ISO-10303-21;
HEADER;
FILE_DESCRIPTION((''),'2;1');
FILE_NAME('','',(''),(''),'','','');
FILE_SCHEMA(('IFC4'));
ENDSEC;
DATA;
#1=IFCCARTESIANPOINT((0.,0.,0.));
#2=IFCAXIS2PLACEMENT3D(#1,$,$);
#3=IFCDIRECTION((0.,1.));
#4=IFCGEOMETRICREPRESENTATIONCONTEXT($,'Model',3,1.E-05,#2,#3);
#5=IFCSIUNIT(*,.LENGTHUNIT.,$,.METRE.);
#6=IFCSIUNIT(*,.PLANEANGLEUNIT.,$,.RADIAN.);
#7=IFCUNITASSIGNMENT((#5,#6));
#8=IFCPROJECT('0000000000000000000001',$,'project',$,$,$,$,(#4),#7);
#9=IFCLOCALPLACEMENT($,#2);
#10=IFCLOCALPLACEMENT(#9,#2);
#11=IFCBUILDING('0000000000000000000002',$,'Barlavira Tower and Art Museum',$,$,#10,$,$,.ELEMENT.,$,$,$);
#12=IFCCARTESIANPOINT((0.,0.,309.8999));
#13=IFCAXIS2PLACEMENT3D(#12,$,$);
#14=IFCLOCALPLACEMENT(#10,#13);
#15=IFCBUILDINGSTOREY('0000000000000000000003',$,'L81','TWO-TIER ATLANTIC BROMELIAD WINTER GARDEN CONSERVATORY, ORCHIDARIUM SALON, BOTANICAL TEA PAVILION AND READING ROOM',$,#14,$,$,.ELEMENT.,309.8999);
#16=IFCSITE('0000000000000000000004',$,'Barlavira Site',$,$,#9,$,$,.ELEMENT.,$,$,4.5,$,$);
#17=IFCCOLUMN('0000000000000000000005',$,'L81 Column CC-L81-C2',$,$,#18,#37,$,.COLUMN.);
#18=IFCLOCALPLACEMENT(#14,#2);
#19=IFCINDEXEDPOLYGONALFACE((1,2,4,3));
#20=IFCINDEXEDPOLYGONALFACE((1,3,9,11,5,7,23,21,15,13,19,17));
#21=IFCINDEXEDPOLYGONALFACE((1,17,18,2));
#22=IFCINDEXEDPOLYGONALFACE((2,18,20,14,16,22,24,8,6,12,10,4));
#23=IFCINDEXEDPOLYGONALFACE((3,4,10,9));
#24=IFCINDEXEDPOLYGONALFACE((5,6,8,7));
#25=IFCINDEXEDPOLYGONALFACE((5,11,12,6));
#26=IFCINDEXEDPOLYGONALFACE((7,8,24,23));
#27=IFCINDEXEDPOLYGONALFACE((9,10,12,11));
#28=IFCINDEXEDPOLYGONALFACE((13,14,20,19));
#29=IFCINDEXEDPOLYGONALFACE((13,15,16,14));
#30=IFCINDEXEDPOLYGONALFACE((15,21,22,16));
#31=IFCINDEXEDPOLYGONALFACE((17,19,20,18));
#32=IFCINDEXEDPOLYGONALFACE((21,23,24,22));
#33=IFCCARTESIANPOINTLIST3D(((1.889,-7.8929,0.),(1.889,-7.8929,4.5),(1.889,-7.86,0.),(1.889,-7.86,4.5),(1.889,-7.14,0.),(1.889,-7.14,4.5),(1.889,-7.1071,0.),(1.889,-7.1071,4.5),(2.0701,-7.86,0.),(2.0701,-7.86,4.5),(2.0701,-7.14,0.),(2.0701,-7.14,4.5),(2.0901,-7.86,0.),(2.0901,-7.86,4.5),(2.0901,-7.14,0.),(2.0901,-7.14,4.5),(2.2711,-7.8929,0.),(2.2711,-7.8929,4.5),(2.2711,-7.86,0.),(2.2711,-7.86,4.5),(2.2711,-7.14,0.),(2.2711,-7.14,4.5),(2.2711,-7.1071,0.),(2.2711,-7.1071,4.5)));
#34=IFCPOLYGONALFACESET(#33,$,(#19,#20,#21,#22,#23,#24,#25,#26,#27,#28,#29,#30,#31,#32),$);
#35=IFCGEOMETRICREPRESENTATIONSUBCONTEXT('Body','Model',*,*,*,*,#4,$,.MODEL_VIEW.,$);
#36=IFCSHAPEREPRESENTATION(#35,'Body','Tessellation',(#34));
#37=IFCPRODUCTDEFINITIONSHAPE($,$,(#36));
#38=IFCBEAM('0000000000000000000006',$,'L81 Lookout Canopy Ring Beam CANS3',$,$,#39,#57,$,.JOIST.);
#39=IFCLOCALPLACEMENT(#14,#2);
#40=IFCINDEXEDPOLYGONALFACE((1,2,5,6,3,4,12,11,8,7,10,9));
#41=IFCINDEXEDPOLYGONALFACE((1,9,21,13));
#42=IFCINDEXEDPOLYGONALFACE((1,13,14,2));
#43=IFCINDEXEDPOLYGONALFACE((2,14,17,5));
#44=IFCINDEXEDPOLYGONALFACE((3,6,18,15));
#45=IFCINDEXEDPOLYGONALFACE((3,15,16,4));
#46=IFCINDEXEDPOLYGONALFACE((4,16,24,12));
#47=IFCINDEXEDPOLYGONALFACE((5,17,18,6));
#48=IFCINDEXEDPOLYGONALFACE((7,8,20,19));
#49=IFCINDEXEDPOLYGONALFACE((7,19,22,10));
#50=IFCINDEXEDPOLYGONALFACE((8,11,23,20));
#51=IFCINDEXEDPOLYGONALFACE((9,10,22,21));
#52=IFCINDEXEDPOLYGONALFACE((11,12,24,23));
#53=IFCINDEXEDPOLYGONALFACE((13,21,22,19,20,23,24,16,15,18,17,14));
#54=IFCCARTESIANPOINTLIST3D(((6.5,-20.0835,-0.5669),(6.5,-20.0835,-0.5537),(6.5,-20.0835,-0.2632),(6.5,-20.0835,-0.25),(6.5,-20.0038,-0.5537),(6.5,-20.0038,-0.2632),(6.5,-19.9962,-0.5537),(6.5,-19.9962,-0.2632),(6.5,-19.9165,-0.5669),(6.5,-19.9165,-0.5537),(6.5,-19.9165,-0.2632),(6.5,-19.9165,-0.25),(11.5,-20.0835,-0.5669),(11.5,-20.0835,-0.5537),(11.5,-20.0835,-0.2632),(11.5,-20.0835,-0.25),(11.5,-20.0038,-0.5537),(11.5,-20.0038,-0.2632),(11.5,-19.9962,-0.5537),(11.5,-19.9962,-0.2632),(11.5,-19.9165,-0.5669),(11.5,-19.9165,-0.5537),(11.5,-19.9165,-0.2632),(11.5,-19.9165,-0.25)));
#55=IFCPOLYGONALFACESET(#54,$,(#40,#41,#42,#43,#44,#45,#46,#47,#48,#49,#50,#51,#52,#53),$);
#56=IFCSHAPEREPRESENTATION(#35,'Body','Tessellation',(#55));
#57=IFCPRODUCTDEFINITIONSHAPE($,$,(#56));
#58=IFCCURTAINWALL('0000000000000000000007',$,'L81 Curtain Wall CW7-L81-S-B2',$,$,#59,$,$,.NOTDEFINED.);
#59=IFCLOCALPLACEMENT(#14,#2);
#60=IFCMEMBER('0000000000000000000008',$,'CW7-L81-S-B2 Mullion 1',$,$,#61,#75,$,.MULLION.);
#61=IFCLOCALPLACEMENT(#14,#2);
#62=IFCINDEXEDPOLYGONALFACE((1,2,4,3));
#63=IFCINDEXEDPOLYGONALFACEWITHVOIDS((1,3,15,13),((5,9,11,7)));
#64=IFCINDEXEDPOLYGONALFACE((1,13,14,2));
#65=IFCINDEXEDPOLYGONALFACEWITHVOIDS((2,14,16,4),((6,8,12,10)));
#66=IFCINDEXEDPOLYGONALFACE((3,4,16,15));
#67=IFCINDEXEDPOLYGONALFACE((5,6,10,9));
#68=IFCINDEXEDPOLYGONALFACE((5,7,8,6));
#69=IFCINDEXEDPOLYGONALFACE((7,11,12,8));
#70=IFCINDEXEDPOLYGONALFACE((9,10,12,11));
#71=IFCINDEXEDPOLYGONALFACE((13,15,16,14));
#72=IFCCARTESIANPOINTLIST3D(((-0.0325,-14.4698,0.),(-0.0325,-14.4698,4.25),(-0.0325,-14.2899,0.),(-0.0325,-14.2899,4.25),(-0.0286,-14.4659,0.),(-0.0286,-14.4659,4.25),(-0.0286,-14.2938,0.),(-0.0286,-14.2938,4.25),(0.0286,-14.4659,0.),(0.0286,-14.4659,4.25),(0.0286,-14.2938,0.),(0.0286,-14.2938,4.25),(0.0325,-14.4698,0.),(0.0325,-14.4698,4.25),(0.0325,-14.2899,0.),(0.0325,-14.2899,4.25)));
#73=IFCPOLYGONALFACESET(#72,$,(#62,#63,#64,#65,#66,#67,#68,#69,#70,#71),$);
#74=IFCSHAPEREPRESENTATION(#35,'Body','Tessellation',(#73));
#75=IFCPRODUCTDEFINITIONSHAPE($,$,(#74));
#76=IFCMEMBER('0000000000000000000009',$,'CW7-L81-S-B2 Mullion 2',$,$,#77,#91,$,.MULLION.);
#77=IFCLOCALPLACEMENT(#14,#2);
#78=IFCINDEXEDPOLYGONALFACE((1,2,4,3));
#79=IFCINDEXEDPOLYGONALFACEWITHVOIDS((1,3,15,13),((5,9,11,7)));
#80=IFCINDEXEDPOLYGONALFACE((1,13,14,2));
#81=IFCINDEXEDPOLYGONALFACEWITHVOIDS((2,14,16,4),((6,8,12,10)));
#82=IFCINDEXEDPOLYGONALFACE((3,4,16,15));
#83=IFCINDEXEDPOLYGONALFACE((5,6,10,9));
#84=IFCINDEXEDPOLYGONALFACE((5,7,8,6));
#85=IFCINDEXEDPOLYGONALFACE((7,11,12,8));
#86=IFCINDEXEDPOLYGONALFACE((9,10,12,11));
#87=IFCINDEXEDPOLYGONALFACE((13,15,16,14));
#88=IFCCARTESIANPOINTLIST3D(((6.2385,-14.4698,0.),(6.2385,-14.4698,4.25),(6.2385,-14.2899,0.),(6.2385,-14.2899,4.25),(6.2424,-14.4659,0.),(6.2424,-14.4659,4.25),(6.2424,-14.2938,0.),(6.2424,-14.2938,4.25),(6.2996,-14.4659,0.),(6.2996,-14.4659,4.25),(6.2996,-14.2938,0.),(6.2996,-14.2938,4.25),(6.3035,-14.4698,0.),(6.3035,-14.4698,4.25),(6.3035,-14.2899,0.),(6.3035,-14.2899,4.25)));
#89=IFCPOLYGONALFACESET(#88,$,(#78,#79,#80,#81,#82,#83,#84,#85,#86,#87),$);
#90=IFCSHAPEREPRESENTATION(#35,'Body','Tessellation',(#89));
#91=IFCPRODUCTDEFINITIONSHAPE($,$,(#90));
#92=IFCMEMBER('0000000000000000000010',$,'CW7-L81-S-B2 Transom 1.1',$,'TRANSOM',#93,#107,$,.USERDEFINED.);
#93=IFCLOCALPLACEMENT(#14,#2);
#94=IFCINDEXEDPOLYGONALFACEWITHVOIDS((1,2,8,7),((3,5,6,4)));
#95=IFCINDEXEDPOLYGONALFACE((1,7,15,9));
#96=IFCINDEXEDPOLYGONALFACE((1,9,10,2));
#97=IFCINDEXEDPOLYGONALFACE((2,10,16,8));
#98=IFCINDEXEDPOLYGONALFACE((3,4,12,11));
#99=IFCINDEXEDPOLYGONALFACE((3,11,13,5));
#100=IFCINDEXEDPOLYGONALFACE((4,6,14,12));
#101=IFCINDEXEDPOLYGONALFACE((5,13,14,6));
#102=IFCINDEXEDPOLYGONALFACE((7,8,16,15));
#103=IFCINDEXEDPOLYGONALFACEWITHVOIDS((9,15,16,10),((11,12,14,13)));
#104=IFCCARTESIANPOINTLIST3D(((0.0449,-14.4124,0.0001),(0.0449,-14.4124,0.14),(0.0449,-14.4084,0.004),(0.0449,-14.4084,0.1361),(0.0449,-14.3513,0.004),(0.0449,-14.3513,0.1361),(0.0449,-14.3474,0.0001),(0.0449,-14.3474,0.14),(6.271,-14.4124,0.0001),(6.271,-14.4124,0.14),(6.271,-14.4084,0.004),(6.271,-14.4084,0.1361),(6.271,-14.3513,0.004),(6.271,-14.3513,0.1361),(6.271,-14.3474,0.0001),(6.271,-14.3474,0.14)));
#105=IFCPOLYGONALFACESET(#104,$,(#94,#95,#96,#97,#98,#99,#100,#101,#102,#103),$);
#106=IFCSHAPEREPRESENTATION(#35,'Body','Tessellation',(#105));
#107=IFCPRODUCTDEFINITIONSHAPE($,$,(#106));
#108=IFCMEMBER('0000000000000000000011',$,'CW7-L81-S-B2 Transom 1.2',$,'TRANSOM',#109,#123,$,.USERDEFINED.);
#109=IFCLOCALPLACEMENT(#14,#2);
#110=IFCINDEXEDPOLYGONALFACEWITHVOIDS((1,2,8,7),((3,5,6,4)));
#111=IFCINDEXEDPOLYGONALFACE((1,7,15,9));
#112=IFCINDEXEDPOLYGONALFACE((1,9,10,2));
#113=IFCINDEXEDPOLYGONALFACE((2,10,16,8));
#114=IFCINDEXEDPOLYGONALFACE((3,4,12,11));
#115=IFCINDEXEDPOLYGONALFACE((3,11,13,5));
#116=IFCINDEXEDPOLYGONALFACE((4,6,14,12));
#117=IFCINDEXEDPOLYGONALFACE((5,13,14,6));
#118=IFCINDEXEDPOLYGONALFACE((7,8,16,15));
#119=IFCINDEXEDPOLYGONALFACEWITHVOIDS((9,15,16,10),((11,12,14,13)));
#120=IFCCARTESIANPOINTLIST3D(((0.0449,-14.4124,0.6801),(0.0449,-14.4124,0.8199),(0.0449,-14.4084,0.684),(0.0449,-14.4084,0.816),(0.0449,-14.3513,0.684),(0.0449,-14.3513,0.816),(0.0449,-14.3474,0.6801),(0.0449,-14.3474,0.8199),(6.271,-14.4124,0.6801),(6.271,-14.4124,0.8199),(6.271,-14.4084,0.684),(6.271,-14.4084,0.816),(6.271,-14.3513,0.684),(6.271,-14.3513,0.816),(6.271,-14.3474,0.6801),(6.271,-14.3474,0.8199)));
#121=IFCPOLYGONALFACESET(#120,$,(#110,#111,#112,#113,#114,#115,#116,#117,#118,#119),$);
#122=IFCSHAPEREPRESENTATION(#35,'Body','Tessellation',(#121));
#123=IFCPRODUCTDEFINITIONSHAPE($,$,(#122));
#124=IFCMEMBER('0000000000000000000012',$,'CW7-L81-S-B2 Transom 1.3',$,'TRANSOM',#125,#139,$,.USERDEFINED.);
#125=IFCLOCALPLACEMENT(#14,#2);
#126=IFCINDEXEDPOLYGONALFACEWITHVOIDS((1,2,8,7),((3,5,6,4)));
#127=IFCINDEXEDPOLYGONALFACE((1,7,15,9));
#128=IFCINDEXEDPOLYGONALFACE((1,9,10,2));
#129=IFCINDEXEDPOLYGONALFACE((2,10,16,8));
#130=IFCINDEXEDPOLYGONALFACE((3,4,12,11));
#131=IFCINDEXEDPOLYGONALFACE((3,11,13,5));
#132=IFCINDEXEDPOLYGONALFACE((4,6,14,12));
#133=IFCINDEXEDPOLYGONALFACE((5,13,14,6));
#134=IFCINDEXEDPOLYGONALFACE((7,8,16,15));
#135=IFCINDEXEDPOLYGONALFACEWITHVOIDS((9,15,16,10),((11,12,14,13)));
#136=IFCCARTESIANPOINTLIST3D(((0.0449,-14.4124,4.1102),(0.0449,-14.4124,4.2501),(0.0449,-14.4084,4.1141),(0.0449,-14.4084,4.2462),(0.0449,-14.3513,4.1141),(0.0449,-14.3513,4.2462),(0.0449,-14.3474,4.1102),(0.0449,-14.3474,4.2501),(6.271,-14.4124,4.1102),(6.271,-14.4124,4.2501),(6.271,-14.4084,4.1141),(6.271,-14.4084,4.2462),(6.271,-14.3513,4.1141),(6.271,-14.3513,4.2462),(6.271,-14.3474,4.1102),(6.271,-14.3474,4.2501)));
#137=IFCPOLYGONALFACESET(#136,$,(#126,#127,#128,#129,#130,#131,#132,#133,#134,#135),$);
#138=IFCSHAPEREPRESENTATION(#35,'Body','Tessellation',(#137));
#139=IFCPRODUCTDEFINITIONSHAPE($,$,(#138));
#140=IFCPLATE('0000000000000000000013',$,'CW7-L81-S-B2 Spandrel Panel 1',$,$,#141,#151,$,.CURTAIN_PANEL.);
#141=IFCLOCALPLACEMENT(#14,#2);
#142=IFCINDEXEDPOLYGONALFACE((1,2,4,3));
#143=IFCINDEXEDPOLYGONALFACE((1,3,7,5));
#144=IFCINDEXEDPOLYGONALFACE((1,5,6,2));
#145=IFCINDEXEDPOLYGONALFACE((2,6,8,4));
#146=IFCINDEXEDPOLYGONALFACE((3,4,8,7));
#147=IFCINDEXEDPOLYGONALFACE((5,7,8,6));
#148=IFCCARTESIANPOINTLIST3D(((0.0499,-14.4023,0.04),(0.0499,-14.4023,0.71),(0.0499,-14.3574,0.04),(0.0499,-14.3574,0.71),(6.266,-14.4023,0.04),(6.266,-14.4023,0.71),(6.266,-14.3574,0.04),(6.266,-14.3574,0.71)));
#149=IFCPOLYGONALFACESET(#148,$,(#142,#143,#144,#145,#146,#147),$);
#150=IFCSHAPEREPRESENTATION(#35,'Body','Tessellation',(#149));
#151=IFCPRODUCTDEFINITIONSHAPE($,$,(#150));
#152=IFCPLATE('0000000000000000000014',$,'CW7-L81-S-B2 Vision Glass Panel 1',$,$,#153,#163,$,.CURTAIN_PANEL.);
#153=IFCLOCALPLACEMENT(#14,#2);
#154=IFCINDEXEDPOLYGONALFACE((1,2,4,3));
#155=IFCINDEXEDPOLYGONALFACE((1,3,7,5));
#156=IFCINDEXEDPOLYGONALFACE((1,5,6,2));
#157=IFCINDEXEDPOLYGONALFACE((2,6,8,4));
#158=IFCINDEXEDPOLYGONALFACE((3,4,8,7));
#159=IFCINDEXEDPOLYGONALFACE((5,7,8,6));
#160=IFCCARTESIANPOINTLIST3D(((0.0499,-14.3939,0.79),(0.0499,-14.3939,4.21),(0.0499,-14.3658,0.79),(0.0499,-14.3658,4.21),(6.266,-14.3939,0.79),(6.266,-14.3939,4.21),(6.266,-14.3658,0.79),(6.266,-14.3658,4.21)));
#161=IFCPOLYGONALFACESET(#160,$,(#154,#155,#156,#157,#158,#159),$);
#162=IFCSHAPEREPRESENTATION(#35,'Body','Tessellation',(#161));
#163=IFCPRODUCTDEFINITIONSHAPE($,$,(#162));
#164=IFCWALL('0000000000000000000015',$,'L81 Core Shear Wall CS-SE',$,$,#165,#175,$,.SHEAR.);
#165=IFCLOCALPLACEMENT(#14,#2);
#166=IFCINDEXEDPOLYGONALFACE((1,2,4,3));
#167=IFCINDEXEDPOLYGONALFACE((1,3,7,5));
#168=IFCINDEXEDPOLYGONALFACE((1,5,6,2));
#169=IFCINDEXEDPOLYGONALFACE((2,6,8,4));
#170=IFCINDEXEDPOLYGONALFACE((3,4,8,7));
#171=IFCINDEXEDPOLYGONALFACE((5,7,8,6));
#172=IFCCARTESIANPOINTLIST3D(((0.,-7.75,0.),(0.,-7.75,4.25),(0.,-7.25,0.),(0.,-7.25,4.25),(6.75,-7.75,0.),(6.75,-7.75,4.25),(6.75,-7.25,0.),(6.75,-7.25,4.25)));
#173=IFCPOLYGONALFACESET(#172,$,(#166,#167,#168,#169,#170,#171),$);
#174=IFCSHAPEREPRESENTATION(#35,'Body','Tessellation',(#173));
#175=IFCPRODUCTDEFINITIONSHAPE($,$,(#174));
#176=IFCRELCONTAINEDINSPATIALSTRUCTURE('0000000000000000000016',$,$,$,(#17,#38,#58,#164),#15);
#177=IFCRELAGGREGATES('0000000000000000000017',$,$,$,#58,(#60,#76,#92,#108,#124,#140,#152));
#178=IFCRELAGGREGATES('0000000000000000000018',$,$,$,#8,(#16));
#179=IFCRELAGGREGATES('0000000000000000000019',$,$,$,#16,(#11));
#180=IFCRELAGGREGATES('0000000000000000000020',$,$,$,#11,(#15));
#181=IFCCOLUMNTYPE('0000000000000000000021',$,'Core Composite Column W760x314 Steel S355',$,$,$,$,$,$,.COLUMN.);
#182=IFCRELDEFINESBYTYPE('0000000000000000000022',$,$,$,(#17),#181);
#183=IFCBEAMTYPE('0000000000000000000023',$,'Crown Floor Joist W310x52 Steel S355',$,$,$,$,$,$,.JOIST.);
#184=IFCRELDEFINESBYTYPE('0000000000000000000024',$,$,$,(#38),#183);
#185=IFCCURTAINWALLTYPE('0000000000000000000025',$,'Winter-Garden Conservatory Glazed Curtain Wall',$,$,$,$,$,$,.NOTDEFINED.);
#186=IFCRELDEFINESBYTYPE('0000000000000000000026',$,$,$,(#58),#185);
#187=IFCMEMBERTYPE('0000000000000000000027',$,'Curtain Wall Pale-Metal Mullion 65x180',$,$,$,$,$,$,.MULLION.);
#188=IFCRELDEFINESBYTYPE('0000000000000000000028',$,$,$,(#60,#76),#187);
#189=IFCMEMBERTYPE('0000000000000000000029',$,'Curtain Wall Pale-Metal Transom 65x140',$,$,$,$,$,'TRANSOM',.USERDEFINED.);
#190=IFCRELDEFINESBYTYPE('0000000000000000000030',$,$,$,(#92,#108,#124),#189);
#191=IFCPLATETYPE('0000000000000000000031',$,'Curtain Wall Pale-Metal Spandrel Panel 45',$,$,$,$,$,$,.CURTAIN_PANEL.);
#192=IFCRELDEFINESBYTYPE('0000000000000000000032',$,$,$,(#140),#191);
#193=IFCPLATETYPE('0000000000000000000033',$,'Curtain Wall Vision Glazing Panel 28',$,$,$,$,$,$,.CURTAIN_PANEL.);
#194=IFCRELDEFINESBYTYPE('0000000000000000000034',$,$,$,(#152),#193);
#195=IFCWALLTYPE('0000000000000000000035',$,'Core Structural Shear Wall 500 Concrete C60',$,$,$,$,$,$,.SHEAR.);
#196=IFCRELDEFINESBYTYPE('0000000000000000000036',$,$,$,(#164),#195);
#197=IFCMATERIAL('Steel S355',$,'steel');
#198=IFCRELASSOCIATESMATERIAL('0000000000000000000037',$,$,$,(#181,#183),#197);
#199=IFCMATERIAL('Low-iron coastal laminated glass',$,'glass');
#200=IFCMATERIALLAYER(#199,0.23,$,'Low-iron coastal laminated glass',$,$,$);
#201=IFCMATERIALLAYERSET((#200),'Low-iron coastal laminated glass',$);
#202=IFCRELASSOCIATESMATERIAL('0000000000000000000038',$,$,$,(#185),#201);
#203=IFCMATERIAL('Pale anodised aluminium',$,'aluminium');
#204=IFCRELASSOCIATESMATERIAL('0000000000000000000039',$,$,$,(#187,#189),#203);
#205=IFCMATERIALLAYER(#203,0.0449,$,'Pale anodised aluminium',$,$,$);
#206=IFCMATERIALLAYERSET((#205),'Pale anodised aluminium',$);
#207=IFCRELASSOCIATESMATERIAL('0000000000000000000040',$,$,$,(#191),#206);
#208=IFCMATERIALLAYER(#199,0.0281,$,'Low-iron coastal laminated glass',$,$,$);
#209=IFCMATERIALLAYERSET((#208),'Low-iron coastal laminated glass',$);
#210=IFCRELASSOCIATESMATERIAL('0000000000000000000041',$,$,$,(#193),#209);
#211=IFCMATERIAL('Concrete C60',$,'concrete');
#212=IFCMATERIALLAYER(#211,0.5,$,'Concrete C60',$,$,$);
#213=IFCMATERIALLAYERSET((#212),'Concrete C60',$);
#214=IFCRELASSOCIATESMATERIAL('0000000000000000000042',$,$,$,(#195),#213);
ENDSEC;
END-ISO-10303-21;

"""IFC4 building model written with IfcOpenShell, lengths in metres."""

from ifc_helpers import new_model, si_unit, direction, frame, frame_2d, origin, origin_2d, place, context, subcontext, project, spatial, rectangle, hollow_rectangle, i_section, extrude, material, layer, layer_set, material_profile, profile_set, type_object, element, aggregate, save


model = new_model("IFC4")

# Units and contexts
model_context = context("Model", 3, precision=1e-05, world=origin(), true_north=direction((0.0, 1.0)))
body_context = subcontext(model_context, "Body", "Model", "MODEL_VIEW")
ifc_project = project(units=[si_unit("LENGTHUNIT", "METRE"), si_unit("PLANEANGLEUNIT", "RADIAN")], contexts=[model_context])

# Site, building, storey
site_placement = place(None, origin())
site = spatial("IfcSite", under=ifc_project, at=site_placement, Name="Barlavira Site", CompositionType="ELEMENT", RefElevation=4.5)
building_placement = place(site_placement, origin())
building = spatial("IfcBuilding", under=site, at=building_placement, Name="Barlavira Tower and Art Museum", CompositionType="ELEMENT")
storey_placement = place(building_placement, frame((0.0, 0.0, 309.8999)))
storey = spatial("IfcBuildingStorey", under=building, at=storey_placement, Name="L81", Description="TWO-TIER ATLANTIC BROMELIAD WINTER GARDEN CONSERVATORY, ORCHIDARIUM SALON, BOTANICAL TEA PAVILION AND READING ROOM", CompositionType="ELEMENT", Elevation=309.8999)

# Column
ifc_material_1 = material(Name="Steel S355", Category="steel")
ifc_material_profile_1 = material_profile(ifc_material_1, i_section(OverallWidth=0.3821, OverallDepth=0.7859, WebThickness=0.02, FlangeThickness=0.033, at=origin_2d()), Name="W760x314.0")
ifc_profile_set_1 = profile_set([ifc_material_profile_1], Name="Steel S355")
column_type = type_object("IfcColumnType", Name="Core Composite Column W760x314 Steel S355", PredefinedType="COLUMN", material=ifc_profile_set_1)
column_placement = place(storey_placement, frame((2.0801, -7.5, 0.0), z_axis=(0.0, 0.0, 1.0), x_axis=(1.0, 0.0, 0.0)))
element("IfcColumn", 1, at=column_placement, inside=storey, type_object=column_type, Name="L81 Column CC-L81-C2", PredefinedType="COLUMN", context=body_context, shape_type="SweptSolid", body=[
    extrude(i_section(OverallWidth=0.3821, OverallDepth=0.7859, WebThickness=0.02, FlangeThickness=0.033, at=origin_2d()), origin(), (0.0, 0.0, 1.0), 4.5),
])

# Beam
ifc_material_profile_2 = material_profile(ifc_material_1, i_section(OverallWidth=0.167, OverallDepth=0.3169, WebThickness=0.0076, FlangeThickness=0.0132, at=origin_2d()), Name="W310x52.0")
ifc_profile_set_2 = profile_set([ifc_material_profile_2], Name="Steel S355")
beam_type = type_object("IfcBeamType", Name="Crown Floor Joist W310x52 Steel S355", PredefinedType="JOIST", material=ifc_profile_set_2)
beam_placement = place(storey_placement, frame((6.5, -20.0, -0.4084), z_axis=(1.0, 0.0, 0.0), x_axis=(0.0, 1.0, 0.0)))
element("IfcBeam", 2, at=beam_placement, inside=storey, type_object=beam_type, Name="L81 Lookout Canopy Ring Beam CANS3", PredefinedType="JOIST", context=body_context, shape_type="SweptSolid", body=[
    extrude(i_section(OverallWidth=0.167, OverallDepth=0.3169, WebThickness=0.0076, FlangeThickness=0.0132, at=origin_2d()), origin(), (0.0, 0.0, 1.0), 5.0),
])

# Curtain wall, members, plates
ifc_material_2 = material(Name="Low-iron coastal laminated glass", Category="glass")
ifc_layer_1 = layer(ifc_material_2, 0.23, Name="Low-iron coastal laminated glass")
ifc_layer_set_1 = layer_set([ifc_layer_1], Name="Low-iron coastal laminated glass")
curtain_wall_type = type_object("IfcCurtainWallType", Name="Winter-Garden Conservatory Glazed Curtain Wall", PredefinedType="NOTDEFINED", material=ifc_layer_set_1)
curtain_wall_placement = place(storey_placement, origin())
curtain_wall = element("IfcCurtainWall", 3, at=curtain_wall_placement, inside=storey, type_object=curtain_wall_type, Name="L81 Curtain Wall CW7-L81-S-B2", PredefinedType="NOTDEFINED")
ifc_material_3 = material(Name="Pale anodised aluminium", Category="aluminium")
ifc_material_profile_3 = material_profile(ifc_material_3, hollow_rectangle(XDim=0.0649, YDim=0.1799, WallThickness=0.0039, at=origin_2d()), Name="ALU-MULL 65x180x4")
ifc_profile_set_3 = profile_set([ifc_material_profile_3], Name="Pale anodised aluminium")
member_type_1 = type_object("IfcMemberType", Name="Curtain Wall Pale-Metal Mullion 65x180", PredefinedType="MULLION", material=ifc_profile_set_3)
member_1_placement = place(storey_placement, frame((0.0, -14.3799, 0.0), z_axis=(0.0, 0.0, 1.0), x_axis=(1.0, 0.0, 0.0)))
member_1 = element("IfcMember", 4, at=member_1_placement, type_object=member_type_1, Name="CW7-L81-S-B2 Mullion 1", PredefinedType="MULLION", context=body_context, shape_type="SweptSolid", body=[
    extrude(hollow_rectangle(XDim=0.0649, YDim=0.1799, WallThickness=0.0039, at=origin_2d()), origin(), (0.0, 0.0, 1.0), 4.25),
])
member_2_placement = place(storey_placement, frame((6.271, -14.3799, 0.0), z_axis=(0.0, 0.0, 1.0), x_axis=(1.0, 0.0, 0.0)))
member_2 = element("IfcMember", 5, at=member_2_placement, type_object=member_type_1, Name="CW7-L81-S-B2 Mullion 2", PredefinedType="MULLION", context=body_context, shape_type="SweptSolid", body=[
    extrude(hollow_rectangle(XDim=0.0649, YDim=0.1799, WallThickness=0.0039, at=origin_2d()), origin(), (0.0, 0.0, 1.0), 4.25),
])
ifc_material_profile_4 = material_profile(ifc_material_3, hollow_rectangle(XDim=0.0649, YDim=0.1399, WallThickness=0.0039, at=origin_2d()), Name="ALU-TRAN 65x140x4")
ifc_profile_set_4 = profile_set([ifc_material_profile_4], Name="Pale anodised aluminium")
member_type_2 = type_object("IfcMemberType", Name="Curtain Wall Pale-Metal Transom 65x140", ElementType="TRANSOM", PredefinedType="USERDEFINED", material=ifc_profile_set_4)
member_3_placement = place(storey_placement, frame((0.0449, -14.3799, 0.0701), z_axis=(1.0, 0.0, 0.0), x_axis=(0.0, 1.0, 0.0)))
member_3 = element("IfcMember", 6, at=member_3_placement, type_object=member_type_2, Name="CW7-L81-S-B2 Transom 1.1", ObjectType="TRANSOM", PredefinedType="USERDEFINED", context=body_context, shape_type="SweptSolid", body=[
    extrude(hollow_rectangle(XDim=0.0649, YDim=0.1399, WallThickness=0.0039, at=origin_2d()), origin(), (0.0, 0.0, 1.0), 6.2261),
])
member_4_placement = place(storey_placement, frame((0.0449, -14.3799, 0.75), z_axis=(1.0, 0.0, 0.0), x_axis=(0.0, 1.0, 0.0)))
member_4 = element("IfcMember", 7, at=member_4_placement, type_object=member_type_2, Name="CW7-L81-S-B2 Transom 1.2", ObjectType="TRANSOM", PredefinedType="USERDEFINED", context=body_context, shape_type="SweptSolid", body=[
    extrude(hollow_rectangle(XDim=0.0649, YDim=0.1399, WallThickness=0.0039, at=origin_2d()), origin(), (0.0, 0.0, 1.0), 6.2261),
])
member_5_placement = place(storey_placement, frame((0.0449, -14.3799, 4.1802), z_axis=(1.0, 0.0, 0.0), x_axis=(0.0, 1.0, 0.0)))
member_5 = element("IfcMember", 8, at=member_5_placement, type_object=member_type_2, Name="CW7-L81-S-B2 Transom 1.3", ObjectType="TRANSOM", PredefinedType="USERDEFINED", context=body_context, shape_type="SweptSolid", body=[
    extrude(hollow_rectangle(XDim=0.0649, YDim=0.1399, WallThickness=0.0039, at=origin_2d()), origin(), (0.0, 0.0, 1.0), 6.2261),
])
ifc_layer_2 = layer(ifc_material_3, 0.0449, Name="Pale anodised aluminium")
ifc_layer_set_2 = layer_set([ifc_layer_2], Name="Pale anodised aluminium")
plate_type_1 = type_object("IfcPlateType", Name="Curtain Wall Pale-Metal Spandrel Panel 45", PredefinedType="CURTAIN_PANEL", material=ifc_layer_set_2)
plate_1_placement = place(storey_placement, frame((3.158, -14.3799, 0.04), z_axis=(0.0, 0.0, 1.0), x_axis=(1.0, 0.0, 0.0)))
plate_1 = element("IfcPlate", 9, at=plate_1_placement, type_object=plate_type_1, Name="CW7-L81-S-B2 Spandrel Panel 1", PredefinedType="CURTAIN_PANEL", context=body_context, shape_type="SweptSolid", body=[
    extrude(rectangle(XDim=6.2161, YDim=0.0449, at=origin_2d()), origin(), (0.0, 0.0, 1.0), 0.6699),
])
ifc_layer_3 = layer(ifc_material_2, 0.0281, Name="Low-iron coastal laminated glass")
ifc_layer_set_3 = layer_set([ifc_layer_3], Name="Low-iron coastal laminated glass")
plate_type_2 = type_object("IfcPlateType", Name="Curtain Wall Vision Glazing Panel 28", PredefinedType="CURTAIN_PANEL", material=ifc_layer_set_3)
plate_2_placement = place(storey_placement, frame((3.158, -14.3799, 0.79), z_axis=(0.0, 0.0, 1.0), x_axis=(1.0, 0.0, 0.0)))
plate_2 = element("IfcPlate", 10, at=plate_2_placement, type_object=plate_type_2, Name="CW7-L81-S-B2 Vision Glass Panel 1", PredefinedType="CURTAIN_PANEL", context=body_context, shape_type="SweptSolid", body=[
    extrude(rectangle(XDim=6.2161, YDim=0.0281, at=origin_2d()), origin(), (0.0, 0.0, 1.0), 3.4199),
])
aggregate(curtain_wall, [member_1, member_2, member_3, member_4, member_5, plate_1, plate_2])

# Wall
ifc_material_4 = material(Name="Concrete C60", Category="concrete")
ifc_layer_4 = layer(ifc_material_4, 0.5, Name="Concrete C60")
ifc_layer_set_4 = layer_set([ifc_layer_4], Name="Concrete C60")
wall_type_1 = type_object("IfcWallType", Name="Core Structural Shear Wall 500 Concrete C60", PredefinedType="SHEAR", material=ifc_layer_set_4)
wall_1_placement = place(storey_placement, frame((0.0, -7.5, 0.0), z_axis=(0.0, 0.0, 1.0), x_axis=(1.0, 0.0, 0.0)))
element("IfcWall", 11, at=wall_1_placement, inside=storey, type_object=wall_type_1, Name="L81 Core Shear Wall CS-SE", PredefinedType="SHEAR", context=body_context, shape_type="SweptSolid", body=[
    extrude(rectangle(XDim=6.75, YDim=0.5, at=frame_2d((3.375, 0.0))), origin(), (0.0, 0.0, 1.0), 4.25),
])

save(model, "model.ifc")
